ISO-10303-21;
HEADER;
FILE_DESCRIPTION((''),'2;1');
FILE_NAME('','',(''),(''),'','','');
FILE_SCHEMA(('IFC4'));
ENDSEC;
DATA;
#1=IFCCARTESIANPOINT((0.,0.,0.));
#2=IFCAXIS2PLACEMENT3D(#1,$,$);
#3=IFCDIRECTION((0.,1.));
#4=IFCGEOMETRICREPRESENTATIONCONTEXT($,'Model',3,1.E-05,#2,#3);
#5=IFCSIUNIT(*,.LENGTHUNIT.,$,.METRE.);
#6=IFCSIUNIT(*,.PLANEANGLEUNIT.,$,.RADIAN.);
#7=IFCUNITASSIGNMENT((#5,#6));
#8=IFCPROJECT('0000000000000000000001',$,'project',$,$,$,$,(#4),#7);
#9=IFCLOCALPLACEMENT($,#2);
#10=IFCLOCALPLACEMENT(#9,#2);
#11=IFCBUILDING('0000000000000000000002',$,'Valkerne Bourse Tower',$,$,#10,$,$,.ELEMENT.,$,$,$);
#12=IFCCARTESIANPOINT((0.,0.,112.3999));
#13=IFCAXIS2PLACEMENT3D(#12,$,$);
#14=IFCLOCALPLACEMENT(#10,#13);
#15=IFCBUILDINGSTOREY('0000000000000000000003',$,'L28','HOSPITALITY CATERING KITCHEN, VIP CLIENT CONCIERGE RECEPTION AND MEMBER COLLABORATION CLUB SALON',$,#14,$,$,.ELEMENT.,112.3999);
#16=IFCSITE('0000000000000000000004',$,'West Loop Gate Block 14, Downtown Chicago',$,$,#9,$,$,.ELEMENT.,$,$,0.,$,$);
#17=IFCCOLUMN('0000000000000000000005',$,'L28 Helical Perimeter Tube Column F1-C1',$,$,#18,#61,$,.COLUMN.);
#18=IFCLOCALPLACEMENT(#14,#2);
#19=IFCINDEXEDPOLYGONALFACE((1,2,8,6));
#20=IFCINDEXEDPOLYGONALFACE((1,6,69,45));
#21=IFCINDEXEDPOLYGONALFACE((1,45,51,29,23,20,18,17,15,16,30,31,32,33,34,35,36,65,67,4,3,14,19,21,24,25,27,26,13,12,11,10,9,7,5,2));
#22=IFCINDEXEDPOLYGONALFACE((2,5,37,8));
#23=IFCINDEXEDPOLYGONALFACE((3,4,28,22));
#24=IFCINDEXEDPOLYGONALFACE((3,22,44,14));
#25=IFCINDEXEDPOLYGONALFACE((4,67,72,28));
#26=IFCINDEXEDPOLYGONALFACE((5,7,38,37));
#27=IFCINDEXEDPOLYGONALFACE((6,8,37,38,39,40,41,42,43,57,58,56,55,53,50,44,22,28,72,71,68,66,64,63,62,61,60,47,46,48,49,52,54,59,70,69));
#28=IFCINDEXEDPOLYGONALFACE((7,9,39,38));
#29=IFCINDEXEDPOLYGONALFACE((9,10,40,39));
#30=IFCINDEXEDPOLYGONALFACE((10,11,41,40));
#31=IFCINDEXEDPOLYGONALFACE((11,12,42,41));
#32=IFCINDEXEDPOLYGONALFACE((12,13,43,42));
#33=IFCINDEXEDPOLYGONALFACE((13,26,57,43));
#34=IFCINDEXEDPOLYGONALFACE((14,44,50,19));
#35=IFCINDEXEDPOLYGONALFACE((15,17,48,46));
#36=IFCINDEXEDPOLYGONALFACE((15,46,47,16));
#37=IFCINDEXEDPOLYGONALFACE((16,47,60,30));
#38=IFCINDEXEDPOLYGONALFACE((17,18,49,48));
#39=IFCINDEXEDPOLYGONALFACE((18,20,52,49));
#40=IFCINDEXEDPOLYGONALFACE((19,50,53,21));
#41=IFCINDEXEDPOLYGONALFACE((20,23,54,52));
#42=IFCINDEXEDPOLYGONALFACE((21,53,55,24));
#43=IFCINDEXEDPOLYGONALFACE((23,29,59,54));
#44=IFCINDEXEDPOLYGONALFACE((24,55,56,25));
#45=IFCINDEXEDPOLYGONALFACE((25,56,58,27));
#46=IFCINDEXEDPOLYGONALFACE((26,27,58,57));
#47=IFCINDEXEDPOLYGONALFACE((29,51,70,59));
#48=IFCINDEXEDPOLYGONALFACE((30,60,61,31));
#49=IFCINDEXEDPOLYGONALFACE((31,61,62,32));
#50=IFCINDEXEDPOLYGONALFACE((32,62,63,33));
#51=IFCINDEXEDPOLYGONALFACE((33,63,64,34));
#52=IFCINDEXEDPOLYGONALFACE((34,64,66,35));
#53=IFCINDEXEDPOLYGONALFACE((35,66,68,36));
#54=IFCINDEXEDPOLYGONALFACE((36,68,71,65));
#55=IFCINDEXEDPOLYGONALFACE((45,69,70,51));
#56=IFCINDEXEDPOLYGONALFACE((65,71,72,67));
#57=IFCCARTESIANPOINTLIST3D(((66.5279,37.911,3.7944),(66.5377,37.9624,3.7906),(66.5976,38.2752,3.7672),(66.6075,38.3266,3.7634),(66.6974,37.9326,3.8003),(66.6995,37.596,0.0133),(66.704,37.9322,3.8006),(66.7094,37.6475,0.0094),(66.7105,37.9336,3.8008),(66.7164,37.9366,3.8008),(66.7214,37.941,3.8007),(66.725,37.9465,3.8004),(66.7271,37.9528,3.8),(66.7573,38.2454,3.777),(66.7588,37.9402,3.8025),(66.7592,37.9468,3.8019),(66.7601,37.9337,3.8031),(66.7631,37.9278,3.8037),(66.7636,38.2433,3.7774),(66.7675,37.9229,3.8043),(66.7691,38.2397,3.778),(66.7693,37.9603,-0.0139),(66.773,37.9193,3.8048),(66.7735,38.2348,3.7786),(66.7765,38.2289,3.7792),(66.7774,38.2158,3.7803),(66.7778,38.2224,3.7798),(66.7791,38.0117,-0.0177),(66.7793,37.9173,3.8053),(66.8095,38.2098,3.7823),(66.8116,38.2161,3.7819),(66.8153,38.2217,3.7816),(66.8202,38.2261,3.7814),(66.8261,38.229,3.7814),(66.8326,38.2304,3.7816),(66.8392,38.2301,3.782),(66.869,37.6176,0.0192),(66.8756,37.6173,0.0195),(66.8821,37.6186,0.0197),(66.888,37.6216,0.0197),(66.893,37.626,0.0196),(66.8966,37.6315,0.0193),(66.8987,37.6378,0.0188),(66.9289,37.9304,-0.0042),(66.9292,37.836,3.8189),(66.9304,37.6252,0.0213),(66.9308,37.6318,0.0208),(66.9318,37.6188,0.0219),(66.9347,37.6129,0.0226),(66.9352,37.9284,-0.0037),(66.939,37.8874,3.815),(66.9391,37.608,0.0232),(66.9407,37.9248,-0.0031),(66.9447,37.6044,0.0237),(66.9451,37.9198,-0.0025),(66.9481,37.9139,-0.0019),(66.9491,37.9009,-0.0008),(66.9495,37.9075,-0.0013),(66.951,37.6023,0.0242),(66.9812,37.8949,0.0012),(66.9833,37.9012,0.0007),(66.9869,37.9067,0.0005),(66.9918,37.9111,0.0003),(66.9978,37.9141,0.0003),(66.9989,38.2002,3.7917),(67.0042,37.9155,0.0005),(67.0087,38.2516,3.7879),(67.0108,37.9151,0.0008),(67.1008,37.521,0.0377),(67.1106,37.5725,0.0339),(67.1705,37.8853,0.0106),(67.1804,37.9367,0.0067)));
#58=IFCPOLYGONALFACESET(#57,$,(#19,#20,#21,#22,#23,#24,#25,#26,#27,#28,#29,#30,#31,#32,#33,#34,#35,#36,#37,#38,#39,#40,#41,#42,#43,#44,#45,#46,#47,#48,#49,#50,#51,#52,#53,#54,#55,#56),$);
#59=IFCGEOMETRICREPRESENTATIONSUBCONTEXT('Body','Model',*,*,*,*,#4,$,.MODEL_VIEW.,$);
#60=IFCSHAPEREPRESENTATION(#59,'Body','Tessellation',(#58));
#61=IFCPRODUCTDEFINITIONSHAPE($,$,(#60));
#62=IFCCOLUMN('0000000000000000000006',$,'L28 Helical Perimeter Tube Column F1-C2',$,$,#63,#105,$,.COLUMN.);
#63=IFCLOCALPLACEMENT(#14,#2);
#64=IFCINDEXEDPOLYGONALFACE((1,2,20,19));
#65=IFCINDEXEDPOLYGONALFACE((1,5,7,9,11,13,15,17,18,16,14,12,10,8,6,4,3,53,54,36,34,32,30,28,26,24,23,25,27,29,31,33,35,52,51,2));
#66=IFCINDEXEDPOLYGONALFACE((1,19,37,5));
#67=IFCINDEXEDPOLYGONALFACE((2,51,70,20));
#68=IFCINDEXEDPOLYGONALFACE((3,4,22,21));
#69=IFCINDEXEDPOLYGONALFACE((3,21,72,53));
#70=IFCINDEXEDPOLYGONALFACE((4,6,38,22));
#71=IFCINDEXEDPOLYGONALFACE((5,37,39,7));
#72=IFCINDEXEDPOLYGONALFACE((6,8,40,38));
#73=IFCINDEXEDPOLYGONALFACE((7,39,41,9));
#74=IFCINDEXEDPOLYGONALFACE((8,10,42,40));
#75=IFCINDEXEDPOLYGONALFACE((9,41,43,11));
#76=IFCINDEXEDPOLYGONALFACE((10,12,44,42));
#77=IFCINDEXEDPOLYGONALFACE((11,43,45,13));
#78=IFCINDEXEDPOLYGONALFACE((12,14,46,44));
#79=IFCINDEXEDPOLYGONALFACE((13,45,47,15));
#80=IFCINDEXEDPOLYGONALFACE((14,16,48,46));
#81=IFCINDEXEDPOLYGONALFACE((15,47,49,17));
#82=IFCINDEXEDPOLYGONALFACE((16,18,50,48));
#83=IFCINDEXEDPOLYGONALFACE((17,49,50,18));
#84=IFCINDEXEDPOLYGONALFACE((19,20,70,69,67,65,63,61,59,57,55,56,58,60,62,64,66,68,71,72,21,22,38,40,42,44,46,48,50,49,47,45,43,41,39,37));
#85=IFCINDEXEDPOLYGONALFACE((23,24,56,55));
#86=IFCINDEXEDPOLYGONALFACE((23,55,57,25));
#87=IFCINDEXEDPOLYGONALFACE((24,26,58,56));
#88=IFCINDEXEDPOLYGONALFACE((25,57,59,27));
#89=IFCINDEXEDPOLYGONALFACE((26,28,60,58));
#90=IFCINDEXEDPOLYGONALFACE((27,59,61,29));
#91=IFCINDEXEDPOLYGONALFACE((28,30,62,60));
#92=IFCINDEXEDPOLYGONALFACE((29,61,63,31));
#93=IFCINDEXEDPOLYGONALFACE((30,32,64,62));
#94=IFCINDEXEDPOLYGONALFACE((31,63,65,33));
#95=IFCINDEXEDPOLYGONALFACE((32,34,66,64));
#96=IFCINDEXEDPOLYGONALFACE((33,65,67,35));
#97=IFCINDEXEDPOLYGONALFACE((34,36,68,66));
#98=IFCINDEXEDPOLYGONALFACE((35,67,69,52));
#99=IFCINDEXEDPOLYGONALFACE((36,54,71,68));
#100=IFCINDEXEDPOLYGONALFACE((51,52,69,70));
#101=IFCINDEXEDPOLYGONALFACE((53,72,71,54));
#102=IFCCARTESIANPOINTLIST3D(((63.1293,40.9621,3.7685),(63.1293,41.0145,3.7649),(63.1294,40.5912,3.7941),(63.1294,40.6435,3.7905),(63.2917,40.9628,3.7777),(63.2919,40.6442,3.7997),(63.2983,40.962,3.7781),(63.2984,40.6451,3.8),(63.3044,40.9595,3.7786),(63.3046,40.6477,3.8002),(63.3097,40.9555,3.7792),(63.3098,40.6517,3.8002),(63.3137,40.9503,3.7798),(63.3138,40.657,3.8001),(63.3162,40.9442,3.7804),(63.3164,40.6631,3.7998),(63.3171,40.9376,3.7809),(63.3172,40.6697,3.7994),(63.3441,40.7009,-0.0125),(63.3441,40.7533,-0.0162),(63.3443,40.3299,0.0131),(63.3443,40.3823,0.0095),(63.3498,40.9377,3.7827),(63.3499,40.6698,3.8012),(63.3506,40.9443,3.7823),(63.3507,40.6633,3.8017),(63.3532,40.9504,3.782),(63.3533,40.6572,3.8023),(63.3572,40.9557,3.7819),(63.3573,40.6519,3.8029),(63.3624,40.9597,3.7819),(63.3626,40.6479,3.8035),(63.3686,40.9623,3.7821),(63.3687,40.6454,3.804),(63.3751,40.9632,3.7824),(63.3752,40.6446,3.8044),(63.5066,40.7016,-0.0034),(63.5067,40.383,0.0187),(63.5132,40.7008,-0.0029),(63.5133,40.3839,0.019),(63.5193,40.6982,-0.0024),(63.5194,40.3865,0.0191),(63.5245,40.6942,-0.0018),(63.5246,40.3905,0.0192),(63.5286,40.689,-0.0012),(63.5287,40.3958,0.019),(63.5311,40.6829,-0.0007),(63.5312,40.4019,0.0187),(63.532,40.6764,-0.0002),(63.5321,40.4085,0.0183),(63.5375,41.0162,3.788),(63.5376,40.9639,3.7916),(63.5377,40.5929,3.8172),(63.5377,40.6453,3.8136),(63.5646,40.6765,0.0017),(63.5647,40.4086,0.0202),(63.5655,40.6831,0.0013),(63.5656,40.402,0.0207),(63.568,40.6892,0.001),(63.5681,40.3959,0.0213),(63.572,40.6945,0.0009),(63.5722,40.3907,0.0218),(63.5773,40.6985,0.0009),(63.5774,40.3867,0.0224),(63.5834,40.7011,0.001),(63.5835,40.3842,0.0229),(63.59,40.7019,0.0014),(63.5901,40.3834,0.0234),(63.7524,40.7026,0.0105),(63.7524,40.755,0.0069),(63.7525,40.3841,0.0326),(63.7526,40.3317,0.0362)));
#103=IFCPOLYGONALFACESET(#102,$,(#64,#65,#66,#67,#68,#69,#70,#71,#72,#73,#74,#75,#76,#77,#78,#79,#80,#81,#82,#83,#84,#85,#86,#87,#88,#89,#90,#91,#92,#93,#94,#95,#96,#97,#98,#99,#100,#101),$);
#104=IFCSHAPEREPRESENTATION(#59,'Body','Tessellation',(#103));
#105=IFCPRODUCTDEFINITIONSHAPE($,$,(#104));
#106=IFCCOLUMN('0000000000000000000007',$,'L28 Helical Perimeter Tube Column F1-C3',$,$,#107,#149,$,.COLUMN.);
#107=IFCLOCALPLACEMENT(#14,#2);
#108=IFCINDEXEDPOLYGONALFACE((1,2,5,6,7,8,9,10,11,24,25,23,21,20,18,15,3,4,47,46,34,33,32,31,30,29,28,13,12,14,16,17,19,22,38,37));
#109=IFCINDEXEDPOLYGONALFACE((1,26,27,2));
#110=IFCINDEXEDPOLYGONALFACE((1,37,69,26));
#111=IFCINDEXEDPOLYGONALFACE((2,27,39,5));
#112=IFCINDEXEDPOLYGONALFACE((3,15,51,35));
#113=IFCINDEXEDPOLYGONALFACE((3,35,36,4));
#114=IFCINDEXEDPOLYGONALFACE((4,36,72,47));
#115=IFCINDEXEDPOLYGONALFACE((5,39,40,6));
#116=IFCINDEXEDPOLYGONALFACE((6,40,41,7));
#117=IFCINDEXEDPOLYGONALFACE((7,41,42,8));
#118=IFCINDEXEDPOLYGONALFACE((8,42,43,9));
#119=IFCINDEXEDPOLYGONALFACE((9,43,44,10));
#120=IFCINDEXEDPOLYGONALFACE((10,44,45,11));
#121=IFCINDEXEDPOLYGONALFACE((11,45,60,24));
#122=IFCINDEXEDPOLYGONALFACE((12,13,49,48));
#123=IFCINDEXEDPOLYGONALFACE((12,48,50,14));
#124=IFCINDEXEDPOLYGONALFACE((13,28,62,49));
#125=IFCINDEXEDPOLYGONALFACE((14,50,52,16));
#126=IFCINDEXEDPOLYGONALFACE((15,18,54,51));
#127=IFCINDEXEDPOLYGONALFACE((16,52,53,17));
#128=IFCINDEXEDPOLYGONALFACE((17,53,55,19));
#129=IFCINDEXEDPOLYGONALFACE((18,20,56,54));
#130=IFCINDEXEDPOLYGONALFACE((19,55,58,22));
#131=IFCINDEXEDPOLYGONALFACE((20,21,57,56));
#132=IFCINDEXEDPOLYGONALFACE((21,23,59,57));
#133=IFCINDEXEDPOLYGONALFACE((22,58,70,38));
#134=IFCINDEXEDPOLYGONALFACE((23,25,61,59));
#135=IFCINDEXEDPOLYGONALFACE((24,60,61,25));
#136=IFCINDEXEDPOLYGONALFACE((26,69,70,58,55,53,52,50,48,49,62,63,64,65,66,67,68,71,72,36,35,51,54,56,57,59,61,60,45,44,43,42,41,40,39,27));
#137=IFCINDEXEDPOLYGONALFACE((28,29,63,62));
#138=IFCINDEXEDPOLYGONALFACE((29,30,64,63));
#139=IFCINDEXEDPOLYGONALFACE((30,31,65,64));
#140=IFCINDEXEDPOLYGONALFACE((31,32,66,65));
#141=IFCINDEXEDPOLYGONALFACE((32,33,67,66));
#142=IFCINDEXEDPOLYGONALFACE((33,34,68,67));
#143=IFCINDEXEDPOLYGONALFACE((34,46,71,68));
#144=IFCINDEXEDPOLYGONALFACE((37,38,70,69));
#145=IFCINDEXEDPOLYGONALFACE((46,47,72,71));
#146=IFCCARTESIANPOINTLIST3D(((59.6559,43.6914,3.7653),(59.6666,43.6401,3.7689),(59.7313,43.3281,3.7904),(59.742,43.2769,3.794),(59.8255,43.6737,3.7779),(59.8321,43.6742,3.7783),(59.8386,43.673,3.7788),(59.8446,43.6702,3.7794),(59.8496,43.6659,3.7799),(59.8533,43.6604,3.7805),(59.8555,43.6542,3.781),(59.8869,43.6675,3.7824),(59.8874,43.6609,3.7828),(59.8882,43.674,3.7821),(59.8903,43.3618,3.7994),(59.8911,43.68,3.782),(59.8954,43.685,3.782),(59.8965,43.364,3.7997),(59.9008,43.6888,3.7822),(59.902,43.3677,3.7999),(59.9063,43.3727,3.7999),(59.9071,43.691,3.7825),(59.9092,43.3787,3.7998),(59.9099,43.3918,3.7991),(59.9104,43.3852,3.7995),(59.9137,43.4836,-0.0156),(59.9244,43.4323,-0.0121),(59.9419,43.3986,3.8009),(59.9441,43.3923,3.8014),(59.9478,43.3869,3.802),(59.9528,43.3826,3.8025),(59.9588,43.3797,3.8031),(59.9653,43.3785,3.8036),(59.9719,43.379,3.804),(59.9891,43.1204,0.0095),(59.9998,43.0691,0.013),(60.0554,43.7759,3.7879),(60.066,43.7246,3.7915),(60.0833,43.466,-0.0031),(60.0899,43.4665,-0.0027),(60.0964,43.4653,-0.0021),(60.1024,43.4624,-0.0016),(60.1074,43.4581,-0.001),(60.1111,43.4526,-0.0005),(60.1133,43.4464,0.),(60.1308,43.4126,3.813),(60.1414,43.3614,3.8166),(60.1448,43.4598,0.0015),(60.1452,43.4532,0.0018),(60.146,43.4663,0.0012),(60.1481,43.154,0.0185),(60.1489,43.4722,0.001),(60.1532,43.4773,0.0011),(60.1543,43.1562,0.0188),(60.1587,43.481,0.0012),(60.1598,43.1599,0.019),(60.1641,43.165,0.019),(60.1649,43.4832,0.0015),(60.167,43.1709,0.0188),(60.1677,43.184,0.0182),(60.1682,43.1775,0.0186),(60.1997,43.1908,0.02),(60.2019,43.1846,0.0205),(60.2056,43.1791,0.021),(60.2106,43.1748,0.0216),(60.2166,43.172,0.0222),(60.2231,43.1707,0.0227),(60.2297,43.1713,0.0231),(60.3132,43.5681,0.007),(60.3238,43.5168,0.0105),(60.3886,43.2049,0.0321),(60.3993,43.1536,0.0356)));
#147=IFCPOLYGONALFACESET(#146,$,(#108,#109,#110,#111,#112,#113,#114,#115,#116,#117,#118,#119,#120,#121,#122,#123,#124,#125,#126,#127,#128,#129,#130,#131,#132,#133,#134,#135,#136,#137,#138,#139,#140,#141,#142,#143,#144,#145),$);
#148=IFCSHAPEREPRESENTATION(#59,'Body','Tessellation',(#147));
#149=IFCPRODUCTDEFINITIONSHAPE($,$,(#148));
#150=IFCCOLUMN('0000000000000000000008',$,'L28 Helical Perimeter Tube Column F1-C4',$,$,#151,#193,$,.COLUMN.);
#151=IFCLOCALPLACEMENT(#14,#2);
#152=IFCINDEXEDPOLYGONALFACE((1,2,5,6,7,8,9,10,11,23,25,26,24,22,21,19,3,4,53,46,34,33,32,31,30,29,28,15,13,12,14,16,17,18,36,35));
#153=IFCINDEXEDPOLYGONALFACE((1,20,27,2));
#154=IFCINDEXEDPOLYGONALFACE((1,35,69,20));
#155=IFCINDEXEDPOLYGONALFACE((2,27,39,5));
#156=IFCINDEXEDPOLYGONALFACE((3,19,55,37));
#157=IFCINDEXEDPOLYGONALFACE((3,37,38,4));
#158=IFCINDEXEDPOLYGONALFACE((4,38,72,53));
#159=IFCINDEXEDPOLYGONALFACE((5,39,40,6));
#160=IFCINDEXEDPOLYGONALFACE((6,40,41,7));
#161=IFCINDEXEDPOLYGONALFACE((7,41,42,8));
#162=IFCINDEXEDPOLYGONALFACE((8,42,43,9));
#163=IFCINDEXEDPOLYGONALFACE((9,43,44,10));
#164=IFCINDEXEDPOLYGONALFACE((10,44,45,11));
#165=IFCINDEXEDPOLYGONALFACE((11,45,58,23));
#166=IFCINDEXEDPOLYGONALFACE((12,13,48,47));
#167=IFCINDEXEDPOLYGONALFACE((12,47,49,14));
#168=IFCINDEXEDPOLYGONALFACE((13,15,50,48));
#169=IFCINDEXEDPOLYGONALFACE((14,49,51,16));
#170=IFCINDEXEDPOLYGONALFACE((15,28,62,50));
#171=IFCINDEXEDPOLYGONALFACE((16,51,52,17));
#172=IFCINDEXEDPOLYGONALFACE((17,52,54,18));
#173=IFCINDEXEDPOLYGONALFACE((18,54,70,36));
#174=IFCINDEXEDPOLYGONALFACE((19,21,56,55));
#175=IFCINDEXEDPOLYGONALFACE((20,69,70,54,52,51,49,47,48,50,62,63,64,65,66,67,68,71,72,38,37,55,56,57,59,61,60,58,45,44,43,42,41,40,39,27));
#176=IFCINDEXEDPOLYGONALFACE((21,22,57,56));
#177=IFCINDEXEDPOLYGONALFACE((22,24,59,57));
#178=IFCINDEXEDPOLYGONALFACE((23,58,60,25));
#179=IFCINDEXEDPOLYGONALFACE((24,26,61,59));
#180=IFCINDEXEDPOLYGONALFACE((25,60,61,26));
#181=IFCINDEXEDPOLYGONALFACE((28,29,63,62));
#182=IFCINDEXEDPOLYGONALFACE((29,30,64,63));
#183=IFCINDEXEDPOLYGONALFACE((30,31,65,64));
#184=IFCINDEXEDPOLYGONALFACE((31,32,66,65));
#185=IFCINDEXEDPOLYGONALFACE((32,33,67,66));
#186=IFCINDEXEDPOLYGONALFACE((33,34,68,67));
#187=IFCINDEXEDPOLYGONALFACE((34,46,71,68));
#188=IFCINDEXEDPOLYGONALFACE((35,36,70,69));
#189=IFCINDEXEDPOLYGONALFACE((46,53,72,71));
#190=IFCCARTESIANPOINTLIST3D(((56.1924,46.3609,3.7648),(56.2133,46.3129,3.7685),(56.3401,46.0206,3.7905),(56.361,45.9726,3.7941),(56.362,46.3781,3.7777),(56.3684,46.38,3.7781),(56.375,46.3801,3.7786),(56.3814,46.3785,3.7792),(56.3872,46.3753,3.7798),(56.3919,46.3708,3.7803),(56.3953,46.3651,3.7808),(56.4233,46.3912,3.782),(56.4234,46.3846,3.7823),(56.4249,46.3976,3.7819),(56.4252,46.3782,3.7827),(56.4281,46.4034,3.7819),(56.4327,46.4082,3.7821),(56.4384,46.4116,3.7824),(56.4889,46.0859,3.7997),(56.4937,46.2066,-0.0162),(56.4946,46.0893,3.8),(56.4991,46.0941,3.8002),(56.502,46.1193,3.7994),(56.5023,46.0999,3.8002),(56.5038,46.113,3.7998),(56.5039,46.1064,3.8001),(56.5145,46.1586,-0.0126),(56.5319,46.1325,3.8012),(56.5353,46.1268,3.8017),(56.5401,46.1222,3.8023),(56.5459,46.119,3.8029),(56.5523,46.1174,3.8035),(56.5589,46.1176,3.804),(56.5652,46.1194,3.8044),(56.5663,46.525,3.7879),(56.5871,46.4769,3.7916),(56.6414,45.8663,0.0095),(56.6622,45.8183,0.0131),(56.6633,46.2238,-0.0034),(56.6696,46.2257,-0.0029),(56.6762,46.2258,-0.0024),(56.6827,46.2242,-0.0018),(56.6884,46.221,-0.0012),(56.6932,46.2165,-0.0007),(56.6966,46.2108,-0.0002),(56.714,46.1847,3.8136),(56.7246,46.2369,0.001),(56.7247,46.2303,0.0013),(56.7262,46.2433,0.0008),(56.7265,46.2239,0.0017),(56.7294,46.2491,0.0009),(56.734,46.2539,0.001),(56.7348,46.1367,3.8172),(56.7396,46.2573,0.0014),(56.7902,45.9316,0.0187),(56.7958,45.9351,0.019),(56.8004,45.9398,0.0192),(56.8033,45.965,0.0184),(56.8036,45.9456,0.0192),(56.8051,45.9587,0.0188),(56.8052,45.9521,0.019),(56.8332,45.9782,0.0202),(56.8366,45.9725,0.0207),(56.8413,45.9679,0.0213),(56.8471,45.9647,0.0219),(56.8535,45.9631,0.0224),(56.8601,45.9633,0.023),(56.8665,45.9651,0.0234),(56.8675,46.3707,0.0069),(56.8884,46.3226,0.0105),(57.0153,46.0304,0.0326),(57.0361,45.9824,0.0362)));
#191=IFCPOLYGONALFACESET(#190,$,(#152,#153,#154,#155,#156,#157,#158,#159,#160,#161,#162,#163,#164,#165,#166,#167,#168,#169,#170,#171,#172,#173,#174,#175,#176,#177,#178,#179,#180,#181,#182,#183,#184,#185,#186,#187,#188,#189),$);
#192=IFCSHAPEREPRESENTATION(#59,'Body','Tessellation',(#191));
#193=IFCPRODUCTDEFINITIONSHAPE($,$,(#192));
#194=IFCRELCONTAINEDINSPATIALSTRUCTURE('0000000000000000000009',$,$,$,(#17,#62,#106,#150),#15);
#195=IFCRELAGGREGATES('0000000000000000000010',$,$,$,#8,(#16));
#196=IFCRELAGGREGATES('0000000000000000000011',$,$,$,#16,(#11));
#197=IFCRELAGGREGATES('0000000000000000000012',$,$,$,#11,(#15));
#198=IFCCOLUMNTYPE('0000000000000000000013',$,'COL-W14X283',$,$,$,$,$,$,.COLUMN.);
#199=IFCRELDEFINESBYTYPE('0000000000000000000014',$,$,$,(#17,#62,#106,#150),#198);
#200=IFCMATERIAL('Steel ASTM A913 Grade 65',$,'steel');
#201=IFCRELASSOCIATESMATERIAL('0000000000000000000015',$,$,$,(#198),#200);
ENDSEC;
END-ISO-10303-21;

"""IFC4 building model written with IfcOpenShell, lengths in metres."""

from ifc_helpers import new_model, si_unit, direction, frame, origin, origin_2d, place, context, subcontext, project, spatial, i_section, extrude, material, material_profile, profile_set, type_object, element, save


model = new_model("IFC4")

# Units and contexts
model_context = context("Model", 3, precision=1e-05, world=origin(), true_north=direction((0.0, 1.0)))
body_context = subcontext(model_context, "Body", "Model", "MODEL_VIEW")
ifc_project = project(units=[si_unit("LENGTHUNIT", "METRE"), si_unit("PLANEANGLEUNIT", "RADIAN")], contexts=[model_context])

# Site, building, storey
site_placement = place(None, origin())
site = spatial("IfcSite", under=ifc_project, at=site_placement, Name="West Loop Gate Block 14, Downtown Chicago", CompositionType="ELEMENT", RefElevation=0.0)
building_placement = place(site_placement, origin())
building = spatial("IfcBuilding", under=site, at=building_placement, Name="Valkerne Bourse Tower", CompositionType="ELEMENT")
storey_placement = place(building_placement, frame((0.0, 0.0, 112.3999)))
storey = spatial("IfcBuildingStorey", under=building, at=storey_placement, Name="L28", Description="HOSPITALITY CATERING KITCHEN, VIP CLIENT CONCIERGE RECEPTION AND MEMBER COLLABORATION CLUB SALON", CompositionType="ELEMENT", Elevation=112.3999)

# Columns
ifc_material_1 = material(Name="Steel ASTM A913 Grade 65", Category="steel")
ifc_material_profile_1 = material_profile(ifc_material_1, i_section(OverallWidth=0.4089, OverallDepth=0.4243, WebThickness=0.0327, FlangeThickness=0.0525, FilletRadius=0.0254, at=origin_2d()), Name="W14X283")
ifc_profile_set_1 = profile_set([ifc_material_profile_1], Name="Steel ASTM A913 Grade 65")
column_type = type_object("IfcColumnType", Name="COL-W14X283", PredefinedType="COLUMN", material=ifc_profile_set_1)
column_1_placement = place(storey_placement, frame((66.9399, 37.7664, 0.01), z_axis=(-0.04519, 0.082923, 0.995531), x_axis=(0.981222, -0.183375, 0.059815)))
element("IfcColumn", 1, at=column_1_placement, inside=storey, type_object=column_type, Name="L28 Helical Perimeter Tube Column F1-C1", PredefinedType="COLUMN", context=body_context, shape_type="SweptSolid", body=[
    extrude(i_section(OverallWidth=0.4089, OverallDepth=0.4243, WebThickness=0.0327, FlangeThickness=0.0525, FilletRadius=0.0254, at=origin_2d()), origin(), (0.0, 0.0, 1.0), 3.7981),
])
column_2_placement = place(storey_placement, frame((63.5483, 40.5425, 0.01), z_axis=(-0.056596, 0.068815, 0.996023), x_axis=(0.998397, 0.0043, 0.056434)))
element("IfcColumn", 2, at=column_2_placement, inside=storey, type_object=column_type, Name="L28 Helical Perimeter Tube Column F1-C2", PredefinedType="COLUMN", context=body_context, shape_type="SweptSolid", body=[
    extrude(i_section(OverallWidth=0.4089, OverallDepth=0.4243, WebThickness=0.0327, FlangeThickness=0.0525, FilletRadius=0.0254, at=origin_2d()), origin(), (0.0, 0.0, 1.0), 3.7961),
])
column_3_placement = place(storey_placement, frame((60.1565, 43.3186, 0.01), z_axis=(-0.067926, 0.05474, 0.996188), x_axis=(0.97686, 0.20662, 0.055255)))
element("IfcColumn", 3, at=column_3_placement, inside=storey, type_object=column_type, Name="L28 Helical Perimeter Tube Column F1-C3", PredefinedType="COLUMN", context=body_context, shape_type="SweptSolid", body=[
    extrude(i_section(OverallWidth=0.4089, OverallDepth=0.4243, WebThickness=0.0327, FlangeThickness=0.0525, FilletRadius=0.0254, at=origin_2d()), origin(), (0.0, 0.0, 1.0), 3.7954),
])
column_4_placement = place(storey_placement, frame((56.7649, 46.0945, 0.01), z_axis=(-0.079362, 0.040646, 0.996017), x_axis=(0.914254, 0.401187, 0.056476)))
element("IfcColumn", 4, at=column_4_placement, inside=storey, type_object=column_type, Name="L28 Helical Perimeter Tube Column F1-C4", PredefinedType="COLUMN", context=body_context, shape_type="SweptSolid", body=[
    extrude(i_section(OverallWidth=0.4089, OverallDepth=0.4243, WebThickness=0.0327, FlangeThickness=0.0525, FilletRadius=0.0254, at=origin_2d()), origin(), (0.0, 0.0, 1.0), 3.7961),
])

save(model, "model.ifc")
